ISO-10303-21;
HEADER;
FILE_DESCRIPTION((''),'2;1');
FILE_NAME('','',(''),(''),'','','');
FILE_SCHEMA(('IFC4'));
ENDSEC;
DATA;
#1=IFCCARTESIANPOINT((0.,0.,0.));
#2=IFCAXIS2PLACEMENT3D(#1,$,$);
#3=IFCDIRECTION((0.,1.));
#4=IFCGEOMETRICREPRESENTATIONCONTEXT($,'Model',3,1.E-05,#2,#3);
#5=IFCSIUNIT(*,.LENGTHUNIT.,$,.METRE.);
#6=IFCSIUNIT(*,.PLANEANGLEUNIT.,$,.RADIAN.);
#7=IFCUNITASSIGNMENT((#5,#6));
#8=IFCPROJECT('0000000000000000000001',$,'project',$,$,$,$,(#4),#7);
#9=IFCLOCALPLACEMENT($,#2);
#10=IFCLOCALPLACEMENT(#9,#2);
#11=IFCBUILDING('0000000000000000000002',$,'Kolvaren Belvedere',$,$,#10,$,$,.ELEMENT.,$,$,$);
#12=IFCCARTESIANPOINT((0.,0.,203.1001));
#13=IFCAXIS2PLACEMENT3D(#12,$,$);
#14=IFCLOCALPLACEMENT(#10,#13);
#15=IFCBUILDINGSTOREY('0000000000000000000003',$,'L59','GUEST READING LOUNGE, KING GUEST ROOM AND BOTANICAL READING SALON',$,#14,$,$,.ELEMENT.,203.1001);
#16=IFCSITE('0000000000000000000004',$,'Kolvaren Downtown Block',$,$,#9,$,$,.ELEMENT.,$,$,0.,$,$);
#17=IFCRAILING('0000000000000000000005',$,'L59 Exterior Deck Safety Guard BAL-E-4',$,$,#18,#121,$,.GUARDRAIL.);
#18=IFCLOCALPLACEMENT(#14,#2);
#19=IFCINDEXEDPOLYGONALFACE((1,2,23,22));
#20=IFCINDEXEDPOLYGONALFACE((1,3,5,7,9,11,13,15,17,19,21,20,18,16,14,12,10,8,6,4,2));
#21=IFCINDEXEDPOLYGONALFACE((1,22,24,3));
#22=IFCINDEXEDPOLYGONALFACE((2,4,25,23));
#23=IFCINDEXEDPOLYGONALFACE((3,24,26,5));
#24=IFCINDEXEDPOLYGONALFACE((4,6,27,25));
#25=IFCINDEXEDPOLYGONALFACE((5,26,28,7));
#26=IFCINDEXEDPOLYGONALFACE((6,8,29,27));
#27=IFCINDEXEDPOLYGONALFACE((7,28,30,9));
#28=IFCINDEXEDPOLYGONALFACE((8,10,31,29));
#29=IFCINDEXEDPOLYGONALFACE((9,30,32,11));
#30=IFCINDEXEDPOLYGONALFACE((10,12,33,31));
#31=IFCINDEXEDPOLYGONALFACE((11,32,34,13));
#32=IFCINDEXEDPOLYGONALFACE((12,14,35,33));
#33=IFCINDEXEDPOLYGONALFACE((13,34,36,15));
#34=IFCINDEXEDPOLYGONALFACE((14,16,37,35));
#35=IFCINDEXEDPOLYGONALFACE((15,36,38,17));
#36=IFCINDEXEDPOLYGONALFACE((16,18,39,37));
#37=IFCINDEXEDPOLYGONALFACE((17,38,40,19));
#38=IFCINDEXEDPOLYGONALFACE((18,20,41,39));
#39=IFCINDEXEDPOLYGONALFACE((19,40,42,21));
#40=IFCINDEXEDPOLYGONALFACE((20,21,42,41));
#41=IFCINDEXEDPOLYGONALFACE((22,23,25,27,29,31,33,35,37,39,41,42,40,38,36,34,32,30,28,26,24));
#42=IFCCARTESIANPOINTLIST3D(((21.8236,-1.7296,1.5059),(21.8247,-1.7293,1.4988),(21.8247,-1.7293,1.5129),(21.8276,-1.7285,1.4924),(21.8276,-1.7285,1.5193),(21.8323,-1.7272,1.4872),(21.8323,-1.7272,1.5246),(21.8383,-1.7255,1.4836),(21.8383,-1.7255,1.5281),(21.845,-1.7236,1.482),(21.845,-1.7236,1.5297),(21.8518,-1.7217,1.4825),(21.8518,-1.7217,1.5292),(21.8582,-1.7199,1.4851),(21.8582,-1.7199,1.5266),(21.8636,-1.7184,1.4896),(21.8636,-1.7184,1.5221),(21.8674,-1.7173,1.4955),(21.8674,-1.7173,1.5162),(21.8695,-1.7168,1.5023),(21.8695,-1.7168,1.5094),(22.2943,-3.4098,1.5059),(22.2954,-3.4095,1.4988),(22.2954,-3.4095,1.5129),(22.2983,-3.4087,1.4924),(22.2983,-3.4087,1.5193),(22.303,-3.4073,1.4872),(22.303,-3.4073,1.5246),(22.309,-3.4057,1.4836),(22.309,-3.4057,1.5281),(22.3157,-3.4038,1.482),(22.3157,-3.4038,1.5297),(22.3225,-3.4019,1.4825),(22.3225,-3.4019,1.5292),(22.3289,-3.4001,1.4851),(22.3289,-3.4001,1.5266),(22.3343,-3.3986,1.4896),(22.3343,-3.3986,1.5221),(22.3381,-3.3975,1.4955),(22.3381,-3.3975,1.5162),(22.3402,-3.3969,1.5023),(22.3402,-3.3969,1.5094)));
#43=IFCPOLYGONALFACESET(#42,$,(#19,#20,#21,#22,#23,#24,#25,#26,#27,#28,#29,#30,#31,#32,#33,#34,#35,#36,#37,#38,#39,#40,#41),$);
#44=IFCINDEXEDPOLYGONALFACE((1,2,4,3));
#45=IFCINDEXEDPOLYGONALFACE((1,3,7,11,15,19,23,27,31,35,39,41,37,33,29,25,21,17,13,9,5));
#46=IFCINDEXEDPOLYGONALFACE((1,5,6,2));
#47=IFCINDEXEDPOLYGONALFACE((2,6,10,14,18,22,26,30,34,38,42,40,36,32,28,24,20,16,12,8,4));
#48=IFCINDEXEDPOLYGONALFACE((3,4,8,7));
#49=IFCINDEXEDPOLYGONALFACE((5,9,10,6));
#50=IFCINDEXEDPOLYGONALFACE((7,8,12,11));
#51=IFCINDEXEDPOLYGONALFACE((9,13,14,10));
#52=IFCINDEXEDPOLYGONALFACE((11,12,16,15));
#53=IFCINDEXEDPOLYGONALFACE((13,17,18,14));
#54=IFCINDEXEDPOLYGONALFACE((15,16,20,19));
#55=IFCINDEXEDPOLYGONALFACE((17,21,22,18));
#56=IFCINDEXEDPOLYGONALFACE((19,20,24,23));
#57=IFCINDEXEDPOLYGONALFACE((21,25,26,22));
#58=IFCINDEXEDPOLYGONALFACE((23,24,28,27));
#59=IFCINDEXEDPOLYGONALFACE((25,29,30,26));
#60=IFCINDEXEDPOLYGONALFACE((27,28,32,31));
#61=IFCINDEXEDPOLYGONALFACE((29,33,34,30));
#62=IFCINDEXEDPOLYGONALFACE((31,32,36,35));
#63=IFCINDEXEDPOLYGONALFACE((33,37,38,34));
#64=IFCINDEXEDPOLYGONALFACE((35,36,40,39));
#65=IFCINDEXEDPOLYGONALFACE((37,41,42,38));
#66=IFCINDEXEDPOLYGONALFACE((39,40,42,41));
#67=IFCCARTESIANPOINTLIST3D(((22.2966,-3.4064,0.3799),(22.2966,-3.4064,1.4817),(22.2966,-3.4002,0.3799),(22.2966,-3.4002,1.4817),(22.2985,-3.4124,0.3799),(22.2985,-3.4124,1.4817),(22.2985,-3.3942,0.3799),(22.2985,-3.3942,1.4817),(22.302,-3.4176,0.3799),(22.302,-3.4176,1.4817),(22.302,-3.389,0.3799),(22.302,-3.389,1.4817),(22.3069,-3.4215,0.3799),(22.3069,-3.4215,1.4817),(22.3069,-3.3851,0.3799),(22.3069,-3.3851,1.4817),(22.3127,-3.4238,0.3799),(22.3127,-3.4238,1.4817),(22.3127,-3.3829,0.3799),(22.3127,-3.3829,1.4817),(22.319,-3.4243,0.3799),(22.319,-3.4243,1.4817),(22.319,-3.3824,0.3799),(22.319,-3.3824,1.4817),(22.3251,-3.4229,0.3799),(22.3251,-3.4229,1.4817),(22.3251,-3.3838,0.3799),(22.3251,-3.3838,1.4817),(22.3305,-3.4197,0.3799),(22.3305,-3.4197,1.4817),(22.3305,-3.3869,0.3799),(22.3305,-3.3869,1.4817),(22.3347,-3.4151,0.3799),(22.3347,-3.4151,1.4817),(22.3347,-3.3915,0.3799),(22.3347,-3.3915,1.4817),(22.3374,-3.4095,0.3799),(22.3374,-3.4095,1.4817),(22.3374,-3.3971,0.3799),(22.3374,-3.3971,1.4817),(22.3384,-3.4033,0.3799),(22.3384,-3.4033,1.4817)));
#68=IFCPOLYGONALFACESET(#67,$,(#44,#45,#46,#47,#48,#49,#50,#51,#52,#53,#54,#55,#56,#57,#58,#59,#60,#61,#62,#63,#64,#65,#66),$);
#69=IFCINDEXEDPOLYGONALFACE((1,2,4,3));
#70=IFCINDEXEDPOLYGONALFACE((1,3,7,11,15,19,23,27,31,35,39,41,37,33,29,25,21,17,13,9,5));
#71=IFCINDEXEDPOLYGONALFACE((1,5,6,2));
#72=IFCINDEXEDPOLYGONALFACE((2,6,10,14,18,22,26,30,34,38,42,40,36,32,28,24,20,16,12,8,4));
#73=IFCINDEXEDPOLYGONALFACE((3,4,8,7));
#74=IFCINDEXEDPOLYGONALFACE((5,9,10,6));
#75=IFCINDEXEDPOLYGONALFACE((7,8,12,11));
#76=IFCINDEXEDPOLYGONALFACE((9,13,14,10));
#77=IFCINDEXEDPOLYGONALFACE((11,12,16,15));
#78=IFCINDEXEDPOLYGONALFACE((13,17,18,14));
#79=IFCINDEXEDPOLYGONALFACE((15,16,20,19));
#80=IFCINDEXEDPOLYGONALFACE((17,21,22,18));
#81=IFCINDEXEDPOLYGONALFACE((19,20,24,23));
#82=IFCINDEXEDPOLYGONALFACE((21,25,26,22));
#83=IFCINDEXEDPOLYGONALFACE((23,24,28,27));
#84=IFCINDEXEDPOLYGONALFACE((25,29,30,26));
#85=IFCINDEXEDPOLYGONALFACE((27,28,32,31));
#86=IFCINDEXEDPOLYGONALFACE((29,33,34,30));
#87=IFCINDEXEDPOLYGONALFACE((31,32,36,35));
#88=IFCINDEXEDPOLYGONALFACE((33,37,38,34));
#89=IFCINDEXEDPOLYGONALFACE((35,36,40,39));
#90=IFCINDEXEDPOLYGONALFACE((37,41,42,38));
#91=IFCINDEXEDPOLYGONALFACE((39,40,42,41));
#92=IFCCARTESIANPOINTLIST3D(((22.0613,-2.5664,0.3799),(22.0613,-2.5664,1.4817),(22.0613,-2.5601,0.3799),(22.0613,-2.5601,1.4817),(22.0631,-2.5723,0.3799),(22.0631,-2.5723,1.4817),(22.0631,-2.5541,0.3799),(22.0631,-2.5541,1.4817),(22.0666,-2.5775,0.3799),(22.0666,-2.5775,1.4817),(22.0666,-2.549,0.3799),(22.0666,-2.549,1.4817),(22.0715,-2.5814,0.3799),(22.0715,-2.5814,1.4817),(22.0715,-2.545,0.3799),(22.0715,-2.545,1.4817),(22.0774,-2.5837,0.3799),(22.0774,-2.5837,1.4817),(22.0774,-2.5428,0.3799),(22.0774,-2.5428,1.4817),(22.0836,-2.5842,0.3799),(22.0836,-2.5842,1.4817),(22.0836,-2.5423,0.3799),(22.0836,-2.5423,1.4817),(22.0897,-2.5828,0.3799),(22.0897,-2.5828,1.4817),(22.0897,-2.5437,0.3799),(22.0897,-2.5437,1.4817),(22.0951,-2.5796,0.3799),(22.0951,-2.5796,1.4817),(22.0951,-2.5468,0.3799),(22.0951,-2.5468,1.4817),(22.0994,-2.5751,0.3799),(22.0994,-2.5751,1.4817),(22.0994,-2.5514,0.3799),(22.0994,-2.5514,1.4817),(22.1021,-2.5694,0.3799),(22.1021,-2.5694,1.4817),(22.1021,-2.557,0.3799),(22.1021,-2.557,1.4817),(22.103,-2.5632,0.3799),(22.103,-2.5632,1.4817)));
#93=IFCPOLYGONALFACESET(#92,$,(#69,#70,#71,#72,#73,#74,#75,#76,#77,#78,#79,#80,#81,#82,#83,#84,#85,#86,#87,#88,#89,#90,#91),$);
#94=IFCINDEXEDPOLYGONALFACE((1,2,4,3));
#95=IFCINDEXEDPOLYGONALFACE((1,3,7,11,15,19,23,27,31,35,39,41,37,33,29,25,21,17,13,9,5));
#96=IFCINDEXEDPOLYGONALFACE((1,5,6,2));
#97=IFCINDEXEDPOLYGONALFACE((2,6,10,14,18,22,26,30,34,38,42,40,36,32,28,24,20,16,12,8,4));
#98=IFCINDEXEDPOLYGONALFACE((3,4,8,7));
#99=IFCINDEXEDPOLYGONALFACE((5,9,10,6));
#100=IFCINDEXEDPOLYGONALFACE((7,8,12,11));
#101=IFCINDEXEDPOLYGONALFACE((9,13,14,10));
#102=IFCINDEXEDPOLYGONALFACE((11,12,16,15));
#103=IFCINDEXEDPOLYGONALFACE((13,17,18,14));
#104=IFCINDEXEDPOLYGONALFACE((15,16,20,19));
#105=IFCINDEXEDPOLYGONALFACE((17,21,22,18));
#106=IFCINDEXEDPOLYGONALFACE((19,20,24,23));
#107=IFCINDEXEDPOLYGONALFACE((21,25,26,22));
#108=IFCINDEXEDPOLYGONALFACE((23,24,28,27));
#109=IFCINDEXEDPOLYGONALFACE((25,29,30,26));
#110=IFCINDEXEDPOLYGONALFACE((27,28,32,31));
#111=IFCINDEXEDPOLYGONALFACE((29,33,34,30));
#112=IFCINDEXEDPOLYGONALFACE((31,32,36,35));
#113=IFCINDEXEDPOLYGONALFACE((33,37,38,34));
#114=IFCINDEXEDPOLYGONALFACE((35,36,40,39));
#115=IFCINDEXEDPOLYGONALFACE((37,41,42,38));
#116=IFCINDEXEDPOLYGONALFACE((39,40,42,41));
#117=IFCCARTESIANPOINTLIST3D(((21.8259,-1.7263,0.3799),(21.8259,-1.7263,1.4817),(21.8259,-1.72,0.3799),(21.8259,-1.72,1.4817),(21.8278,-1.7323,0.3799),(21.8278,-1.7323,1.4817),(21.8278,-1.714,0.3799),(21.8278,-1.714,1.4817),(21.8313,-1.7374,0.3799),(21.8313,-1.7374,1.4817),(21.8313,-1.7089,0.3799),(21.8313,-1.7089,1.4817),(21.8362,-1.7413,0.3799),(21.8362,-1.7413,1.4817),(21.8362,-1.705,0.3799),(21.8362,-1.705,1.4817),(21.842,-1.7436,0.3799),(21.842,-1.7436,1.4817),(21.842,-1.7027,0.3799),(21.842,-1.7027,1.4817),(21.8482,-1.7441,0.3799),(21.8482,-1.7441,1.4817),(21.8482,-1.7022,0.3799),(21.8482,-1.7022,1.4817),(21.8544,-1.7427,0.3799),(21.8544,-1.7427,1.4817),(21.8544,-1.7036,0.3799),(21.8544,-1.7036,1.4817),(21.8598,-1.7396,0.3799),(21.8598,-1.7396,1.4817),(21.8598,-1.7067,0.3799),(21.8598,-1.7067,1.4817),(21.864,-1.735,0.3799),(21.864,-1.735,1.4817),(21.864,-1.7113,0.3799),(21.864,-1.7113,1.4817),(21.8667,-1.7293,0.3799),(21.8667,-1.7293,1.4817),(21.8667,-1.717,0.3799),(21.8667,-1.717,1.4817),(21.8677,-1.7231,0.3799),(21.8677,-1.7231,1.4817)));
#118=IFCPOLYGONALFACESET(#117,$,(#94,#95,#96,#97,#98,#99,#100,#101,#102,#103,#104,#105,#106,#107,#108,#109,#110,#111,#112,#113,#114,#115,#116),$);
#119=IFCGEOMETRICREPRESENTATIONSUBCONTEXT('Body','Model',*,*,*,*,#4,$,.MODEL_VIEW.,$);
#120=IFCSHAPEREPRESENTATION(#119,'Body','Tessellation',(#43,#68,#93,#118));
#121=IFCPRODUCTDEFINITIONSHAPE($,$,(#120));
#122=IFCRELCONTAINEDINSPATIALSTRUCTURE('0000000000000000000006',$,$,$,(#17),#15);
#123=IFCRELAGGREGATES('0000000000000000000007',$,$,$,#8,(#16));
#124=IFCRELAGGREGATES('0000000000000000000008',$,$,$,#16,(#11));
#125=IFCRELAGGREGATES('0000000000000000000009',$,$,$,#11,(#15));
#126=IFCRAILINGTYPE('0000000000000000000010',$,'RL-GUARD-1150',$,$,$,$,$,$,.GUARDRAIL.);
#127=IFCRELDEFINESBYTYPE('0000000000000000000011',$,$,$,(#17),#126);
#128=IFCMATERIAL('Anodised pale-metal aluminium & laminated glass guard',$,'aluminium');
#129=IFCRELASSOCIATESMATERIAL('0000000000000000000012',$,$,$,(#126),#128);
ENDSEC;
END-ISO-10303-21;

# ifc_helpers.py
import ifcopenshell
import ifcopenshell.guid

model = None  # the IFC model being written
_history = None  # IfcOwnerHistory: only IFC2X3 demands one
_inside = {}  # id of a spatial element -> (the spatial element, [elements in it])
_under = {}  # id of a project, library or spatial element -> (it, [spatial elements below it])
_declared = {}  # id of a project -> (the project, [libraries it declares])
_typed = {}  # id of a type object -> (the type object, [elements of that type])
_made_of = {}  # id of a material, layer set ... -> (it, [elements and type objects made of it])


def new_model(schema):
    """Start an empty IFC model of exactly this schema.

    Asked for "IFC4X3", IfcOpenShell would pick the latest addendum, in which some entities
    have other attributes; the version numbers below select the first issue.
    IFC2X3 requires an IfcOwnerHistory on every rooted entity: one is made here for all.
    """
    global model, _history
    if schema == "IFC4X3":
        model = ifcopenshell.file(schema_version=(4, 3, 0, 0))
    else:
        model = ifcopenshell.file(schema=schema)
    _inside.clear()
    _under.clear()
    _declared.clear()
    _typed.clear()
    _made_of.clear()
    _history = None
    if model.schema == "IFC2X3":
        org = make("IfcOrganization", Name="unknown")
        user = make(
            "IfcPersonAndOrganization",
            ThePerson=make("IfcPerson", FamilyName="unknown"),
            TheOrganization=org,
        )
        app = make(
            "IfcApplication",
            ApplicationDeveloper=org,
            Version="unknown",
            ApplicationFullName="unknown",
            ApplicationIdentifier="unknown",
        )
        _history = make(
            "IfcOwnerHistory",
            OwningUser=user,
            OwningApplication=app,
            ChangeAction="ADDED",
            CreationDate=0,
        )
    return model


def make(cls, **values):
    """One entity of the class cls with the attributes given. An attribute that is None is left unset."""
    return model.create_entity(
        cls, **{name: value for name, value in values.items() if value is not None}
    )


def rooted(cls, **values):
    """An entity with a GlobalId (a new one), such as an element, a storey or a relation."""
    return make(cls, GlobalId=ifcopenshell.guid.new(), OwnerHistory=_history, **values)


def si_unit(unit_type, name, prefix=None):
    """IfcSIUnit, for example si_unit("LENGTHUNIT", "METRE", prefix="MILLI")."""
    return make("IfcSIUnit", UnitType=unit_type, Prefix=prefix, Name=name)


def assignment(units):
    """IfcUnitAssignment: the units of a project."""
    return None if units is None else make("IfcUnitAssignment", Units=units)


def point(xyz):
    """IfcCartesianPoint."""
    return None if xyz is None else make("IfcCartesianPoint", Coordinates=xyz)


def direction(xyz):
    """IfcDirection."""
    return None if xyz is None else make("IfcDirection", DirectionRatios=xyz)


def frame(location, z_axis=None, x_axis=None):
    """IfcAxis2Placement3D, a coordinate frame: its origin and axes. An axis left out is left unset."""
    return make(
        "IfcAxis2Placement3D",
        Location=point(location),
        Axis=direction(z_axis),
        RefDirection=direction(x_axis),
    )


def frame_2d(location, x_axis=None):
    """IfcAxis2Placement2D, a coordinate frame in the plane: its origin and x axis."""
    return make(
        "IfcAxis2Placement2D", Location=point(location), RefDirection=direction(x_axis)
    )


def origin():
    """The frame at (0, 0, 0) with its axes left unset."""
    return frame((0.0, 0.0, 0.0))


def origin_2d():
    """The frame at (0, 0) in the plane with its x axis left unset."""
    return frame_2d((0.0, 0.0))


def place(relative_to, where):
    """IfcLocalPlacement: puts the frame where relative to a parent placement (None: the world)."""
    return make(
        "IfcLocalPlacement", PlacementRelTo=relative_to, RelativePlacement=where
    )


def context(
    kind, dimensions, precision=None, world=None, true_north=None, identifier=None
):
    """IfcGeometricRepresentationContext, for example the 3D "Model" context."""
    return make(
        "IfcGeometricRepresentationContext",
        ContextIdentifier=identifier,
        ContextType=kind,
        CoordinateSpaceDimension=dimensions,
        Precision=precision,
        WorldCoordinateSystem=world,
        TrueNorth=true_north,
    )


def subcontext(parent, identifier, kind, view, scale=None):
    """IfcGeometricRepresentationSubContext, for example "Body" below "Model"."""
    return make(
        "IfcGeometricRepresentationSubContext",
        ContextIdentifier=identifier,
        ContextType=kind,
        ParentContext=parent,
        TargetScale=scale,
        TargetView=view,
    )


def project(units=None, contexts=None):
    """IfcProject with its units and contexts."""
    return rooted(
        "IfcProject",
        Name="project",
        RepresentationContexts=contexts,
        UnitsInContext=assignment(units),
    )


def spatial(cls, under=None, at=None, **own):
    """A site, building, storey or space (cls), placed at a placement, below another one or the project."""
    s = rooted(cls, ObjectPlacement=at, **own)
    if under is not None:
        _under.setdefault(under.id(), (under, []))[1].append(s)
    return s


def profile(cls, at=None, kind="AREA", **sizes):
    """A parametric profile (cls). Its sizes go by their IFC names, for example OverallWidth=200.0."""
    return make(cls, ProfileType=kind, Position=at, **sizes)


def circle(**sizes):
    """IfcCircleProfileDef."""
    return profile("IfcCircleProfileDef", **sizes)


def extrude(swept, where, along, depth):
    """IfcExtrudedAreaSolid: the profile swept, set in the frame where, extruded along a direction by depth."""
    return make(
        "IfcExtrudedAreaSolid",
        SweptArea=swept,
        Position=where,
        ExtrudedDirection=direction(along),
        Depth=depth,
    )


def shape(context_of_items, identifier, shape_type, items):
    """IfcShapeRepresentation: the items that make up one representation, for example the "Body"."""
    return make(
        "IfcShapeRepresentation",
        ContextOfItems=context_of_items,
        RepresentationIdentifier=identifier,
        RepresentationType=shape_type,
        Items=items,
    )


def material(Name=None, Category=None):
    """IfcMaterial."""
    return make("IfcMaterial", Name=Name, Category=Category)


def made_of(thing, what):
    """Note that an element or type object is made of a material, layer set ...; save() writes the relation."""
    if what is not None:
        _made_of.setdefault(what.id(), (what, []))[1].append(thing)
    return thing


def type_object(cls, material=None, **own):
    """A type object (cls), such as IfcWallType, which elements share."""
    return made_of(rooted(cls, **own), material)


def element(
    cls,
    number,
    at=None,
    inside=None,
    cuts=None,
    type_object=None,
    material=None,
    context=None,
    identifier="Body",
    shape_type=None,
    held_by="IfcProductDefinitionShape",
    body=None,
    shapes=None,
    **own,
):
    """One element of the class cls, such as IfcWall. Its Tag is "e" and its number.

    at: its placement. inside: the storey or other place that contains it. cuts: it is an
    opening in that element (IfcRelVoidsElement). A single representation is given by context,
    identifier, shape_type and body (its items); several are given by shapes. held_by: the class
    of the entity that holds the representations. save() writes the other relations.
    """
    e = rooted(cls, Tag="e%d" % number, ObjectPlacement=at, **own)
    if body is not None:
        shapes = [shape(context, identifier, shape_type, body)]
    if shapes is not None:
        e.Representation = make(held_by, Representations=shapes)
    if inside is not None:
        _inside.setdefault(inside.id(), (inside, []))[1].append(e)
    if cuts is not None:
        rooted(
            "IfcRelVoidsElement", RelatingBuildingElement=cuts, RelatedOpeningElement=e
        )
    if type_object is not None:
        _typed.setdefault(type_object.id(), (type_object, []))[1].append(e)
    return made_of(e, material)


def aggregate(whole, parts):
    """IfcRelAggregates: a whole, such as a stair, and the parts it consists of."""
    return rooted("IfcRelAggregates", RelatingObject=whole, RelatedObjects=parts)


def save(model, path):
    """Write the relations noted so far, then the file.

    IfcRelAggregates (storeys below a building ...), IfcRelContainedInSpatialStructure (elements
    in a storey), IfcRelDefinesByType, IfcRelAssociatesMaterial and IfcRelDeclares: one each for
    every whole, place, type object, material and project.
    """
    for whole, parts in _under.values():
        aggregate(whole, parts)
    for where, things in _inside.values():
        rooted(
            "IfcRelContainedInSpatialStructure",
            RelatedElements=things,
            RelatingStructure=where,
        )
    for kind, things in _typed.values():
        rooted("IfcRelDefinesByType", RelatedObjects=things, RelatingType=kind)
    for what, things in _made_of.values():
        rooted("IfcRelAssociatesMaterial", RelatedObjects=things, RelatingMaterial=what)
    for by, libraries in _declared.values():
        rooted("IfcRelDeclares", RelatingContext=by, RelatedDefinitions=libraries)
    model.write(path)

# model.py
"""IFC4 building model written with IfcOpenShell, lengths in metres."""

from ifc_helpers import new_model, si_unit, direction, frame, origin, origin_2d, place, context, subcontext, project, spatial, circle, extrude, material, type_object, element, save


model = new_model("IFC4")

# Units and contexts
model_context = context("Model", 3, precision=1e-05, world=origin(), true_north=direction((0.0, 1.0)))
body_context = subcontext(model_context, "Body", "Model", "MODEL_VIEW")
ifc_project = project(units=[si_unit("LENGTHUNIT", "METRE"), si_unit("PLANEANGLEUNIT", "RADIAN")], contexts=[model_context])

# Site, building, storey
site_placement = place(None, origin())
site = spatial("IfcSite", under=ifc_project, at=site_placement, Name="Kolvaren Downtown Block", CompositionType="ELEMENT", RefElevation=0.0)
building_placement = place(site_placement, origin())
building = spatial("IfcBuilding", under=site, at=building_placement, Name="Kolvaren Belvedere", CompositionType="ELEMENT")
storey_placement = place(building_placement, frame((0.0, 0.0, 203.1001)))
storey = spatial("IfcBuildingStorey", under=building, at=storey_placement, Name="L59", Description="GUEST READING LOUNGE, KING GUEST ROOM AND BOTANICAL READING SALON", CompositionType="ELEMENT", Elevation=203.1001)

# Railing
ifc_material_1 = material(Name="Anodised pale-metal aluminium & laminated glass guard", Category="aluminium")
railing_type = type_object("IfcRailingType", Name="RL-GUARD-1150", PredefinedType="GUARDRAIL", material=ifc_material_1)
railing_1_placement = place(storey_placement, frame((22.3174, -3.4033, 0.3799)))
element("IfcRailing", 1, at=railing_1_placement, inside=storey, type_object=railing_type, Name="L59 Exterior Deck Safety Guard BAL-E-4", PredefinedType="GUARDRAIL", context=body_context, shape_type="SweptSolid", body=[
    extrude(circle(Radius=0.0239, at=origin_2d()), frame((0.0, 0.0, 1.126), z_axis=(-0.269765, 0.962926, 0.0), x_axis=(-0.962926, -0.269765, 0.0)), (0.0, 0.0, 1.0), 1.7449),
    extrude(circle(Radius=0.021, at=origin_2d()), origin(), (0.0, 0.0, 1.0), 1.1018),
    extrude(circle(Radius=0.021, at=origin_2d()), frame((-0.2354, 0.8401, 0.0)), (0.0, 0.0, 1.0), 1.1018),
    extrude(circle(Radius=0.021, at=origin_2d()), frame((-0.4707, 1.6802, 0.0)), (0.0, 0.0, 1.0), 1.1018),
])

save(model, "model.ifc")
